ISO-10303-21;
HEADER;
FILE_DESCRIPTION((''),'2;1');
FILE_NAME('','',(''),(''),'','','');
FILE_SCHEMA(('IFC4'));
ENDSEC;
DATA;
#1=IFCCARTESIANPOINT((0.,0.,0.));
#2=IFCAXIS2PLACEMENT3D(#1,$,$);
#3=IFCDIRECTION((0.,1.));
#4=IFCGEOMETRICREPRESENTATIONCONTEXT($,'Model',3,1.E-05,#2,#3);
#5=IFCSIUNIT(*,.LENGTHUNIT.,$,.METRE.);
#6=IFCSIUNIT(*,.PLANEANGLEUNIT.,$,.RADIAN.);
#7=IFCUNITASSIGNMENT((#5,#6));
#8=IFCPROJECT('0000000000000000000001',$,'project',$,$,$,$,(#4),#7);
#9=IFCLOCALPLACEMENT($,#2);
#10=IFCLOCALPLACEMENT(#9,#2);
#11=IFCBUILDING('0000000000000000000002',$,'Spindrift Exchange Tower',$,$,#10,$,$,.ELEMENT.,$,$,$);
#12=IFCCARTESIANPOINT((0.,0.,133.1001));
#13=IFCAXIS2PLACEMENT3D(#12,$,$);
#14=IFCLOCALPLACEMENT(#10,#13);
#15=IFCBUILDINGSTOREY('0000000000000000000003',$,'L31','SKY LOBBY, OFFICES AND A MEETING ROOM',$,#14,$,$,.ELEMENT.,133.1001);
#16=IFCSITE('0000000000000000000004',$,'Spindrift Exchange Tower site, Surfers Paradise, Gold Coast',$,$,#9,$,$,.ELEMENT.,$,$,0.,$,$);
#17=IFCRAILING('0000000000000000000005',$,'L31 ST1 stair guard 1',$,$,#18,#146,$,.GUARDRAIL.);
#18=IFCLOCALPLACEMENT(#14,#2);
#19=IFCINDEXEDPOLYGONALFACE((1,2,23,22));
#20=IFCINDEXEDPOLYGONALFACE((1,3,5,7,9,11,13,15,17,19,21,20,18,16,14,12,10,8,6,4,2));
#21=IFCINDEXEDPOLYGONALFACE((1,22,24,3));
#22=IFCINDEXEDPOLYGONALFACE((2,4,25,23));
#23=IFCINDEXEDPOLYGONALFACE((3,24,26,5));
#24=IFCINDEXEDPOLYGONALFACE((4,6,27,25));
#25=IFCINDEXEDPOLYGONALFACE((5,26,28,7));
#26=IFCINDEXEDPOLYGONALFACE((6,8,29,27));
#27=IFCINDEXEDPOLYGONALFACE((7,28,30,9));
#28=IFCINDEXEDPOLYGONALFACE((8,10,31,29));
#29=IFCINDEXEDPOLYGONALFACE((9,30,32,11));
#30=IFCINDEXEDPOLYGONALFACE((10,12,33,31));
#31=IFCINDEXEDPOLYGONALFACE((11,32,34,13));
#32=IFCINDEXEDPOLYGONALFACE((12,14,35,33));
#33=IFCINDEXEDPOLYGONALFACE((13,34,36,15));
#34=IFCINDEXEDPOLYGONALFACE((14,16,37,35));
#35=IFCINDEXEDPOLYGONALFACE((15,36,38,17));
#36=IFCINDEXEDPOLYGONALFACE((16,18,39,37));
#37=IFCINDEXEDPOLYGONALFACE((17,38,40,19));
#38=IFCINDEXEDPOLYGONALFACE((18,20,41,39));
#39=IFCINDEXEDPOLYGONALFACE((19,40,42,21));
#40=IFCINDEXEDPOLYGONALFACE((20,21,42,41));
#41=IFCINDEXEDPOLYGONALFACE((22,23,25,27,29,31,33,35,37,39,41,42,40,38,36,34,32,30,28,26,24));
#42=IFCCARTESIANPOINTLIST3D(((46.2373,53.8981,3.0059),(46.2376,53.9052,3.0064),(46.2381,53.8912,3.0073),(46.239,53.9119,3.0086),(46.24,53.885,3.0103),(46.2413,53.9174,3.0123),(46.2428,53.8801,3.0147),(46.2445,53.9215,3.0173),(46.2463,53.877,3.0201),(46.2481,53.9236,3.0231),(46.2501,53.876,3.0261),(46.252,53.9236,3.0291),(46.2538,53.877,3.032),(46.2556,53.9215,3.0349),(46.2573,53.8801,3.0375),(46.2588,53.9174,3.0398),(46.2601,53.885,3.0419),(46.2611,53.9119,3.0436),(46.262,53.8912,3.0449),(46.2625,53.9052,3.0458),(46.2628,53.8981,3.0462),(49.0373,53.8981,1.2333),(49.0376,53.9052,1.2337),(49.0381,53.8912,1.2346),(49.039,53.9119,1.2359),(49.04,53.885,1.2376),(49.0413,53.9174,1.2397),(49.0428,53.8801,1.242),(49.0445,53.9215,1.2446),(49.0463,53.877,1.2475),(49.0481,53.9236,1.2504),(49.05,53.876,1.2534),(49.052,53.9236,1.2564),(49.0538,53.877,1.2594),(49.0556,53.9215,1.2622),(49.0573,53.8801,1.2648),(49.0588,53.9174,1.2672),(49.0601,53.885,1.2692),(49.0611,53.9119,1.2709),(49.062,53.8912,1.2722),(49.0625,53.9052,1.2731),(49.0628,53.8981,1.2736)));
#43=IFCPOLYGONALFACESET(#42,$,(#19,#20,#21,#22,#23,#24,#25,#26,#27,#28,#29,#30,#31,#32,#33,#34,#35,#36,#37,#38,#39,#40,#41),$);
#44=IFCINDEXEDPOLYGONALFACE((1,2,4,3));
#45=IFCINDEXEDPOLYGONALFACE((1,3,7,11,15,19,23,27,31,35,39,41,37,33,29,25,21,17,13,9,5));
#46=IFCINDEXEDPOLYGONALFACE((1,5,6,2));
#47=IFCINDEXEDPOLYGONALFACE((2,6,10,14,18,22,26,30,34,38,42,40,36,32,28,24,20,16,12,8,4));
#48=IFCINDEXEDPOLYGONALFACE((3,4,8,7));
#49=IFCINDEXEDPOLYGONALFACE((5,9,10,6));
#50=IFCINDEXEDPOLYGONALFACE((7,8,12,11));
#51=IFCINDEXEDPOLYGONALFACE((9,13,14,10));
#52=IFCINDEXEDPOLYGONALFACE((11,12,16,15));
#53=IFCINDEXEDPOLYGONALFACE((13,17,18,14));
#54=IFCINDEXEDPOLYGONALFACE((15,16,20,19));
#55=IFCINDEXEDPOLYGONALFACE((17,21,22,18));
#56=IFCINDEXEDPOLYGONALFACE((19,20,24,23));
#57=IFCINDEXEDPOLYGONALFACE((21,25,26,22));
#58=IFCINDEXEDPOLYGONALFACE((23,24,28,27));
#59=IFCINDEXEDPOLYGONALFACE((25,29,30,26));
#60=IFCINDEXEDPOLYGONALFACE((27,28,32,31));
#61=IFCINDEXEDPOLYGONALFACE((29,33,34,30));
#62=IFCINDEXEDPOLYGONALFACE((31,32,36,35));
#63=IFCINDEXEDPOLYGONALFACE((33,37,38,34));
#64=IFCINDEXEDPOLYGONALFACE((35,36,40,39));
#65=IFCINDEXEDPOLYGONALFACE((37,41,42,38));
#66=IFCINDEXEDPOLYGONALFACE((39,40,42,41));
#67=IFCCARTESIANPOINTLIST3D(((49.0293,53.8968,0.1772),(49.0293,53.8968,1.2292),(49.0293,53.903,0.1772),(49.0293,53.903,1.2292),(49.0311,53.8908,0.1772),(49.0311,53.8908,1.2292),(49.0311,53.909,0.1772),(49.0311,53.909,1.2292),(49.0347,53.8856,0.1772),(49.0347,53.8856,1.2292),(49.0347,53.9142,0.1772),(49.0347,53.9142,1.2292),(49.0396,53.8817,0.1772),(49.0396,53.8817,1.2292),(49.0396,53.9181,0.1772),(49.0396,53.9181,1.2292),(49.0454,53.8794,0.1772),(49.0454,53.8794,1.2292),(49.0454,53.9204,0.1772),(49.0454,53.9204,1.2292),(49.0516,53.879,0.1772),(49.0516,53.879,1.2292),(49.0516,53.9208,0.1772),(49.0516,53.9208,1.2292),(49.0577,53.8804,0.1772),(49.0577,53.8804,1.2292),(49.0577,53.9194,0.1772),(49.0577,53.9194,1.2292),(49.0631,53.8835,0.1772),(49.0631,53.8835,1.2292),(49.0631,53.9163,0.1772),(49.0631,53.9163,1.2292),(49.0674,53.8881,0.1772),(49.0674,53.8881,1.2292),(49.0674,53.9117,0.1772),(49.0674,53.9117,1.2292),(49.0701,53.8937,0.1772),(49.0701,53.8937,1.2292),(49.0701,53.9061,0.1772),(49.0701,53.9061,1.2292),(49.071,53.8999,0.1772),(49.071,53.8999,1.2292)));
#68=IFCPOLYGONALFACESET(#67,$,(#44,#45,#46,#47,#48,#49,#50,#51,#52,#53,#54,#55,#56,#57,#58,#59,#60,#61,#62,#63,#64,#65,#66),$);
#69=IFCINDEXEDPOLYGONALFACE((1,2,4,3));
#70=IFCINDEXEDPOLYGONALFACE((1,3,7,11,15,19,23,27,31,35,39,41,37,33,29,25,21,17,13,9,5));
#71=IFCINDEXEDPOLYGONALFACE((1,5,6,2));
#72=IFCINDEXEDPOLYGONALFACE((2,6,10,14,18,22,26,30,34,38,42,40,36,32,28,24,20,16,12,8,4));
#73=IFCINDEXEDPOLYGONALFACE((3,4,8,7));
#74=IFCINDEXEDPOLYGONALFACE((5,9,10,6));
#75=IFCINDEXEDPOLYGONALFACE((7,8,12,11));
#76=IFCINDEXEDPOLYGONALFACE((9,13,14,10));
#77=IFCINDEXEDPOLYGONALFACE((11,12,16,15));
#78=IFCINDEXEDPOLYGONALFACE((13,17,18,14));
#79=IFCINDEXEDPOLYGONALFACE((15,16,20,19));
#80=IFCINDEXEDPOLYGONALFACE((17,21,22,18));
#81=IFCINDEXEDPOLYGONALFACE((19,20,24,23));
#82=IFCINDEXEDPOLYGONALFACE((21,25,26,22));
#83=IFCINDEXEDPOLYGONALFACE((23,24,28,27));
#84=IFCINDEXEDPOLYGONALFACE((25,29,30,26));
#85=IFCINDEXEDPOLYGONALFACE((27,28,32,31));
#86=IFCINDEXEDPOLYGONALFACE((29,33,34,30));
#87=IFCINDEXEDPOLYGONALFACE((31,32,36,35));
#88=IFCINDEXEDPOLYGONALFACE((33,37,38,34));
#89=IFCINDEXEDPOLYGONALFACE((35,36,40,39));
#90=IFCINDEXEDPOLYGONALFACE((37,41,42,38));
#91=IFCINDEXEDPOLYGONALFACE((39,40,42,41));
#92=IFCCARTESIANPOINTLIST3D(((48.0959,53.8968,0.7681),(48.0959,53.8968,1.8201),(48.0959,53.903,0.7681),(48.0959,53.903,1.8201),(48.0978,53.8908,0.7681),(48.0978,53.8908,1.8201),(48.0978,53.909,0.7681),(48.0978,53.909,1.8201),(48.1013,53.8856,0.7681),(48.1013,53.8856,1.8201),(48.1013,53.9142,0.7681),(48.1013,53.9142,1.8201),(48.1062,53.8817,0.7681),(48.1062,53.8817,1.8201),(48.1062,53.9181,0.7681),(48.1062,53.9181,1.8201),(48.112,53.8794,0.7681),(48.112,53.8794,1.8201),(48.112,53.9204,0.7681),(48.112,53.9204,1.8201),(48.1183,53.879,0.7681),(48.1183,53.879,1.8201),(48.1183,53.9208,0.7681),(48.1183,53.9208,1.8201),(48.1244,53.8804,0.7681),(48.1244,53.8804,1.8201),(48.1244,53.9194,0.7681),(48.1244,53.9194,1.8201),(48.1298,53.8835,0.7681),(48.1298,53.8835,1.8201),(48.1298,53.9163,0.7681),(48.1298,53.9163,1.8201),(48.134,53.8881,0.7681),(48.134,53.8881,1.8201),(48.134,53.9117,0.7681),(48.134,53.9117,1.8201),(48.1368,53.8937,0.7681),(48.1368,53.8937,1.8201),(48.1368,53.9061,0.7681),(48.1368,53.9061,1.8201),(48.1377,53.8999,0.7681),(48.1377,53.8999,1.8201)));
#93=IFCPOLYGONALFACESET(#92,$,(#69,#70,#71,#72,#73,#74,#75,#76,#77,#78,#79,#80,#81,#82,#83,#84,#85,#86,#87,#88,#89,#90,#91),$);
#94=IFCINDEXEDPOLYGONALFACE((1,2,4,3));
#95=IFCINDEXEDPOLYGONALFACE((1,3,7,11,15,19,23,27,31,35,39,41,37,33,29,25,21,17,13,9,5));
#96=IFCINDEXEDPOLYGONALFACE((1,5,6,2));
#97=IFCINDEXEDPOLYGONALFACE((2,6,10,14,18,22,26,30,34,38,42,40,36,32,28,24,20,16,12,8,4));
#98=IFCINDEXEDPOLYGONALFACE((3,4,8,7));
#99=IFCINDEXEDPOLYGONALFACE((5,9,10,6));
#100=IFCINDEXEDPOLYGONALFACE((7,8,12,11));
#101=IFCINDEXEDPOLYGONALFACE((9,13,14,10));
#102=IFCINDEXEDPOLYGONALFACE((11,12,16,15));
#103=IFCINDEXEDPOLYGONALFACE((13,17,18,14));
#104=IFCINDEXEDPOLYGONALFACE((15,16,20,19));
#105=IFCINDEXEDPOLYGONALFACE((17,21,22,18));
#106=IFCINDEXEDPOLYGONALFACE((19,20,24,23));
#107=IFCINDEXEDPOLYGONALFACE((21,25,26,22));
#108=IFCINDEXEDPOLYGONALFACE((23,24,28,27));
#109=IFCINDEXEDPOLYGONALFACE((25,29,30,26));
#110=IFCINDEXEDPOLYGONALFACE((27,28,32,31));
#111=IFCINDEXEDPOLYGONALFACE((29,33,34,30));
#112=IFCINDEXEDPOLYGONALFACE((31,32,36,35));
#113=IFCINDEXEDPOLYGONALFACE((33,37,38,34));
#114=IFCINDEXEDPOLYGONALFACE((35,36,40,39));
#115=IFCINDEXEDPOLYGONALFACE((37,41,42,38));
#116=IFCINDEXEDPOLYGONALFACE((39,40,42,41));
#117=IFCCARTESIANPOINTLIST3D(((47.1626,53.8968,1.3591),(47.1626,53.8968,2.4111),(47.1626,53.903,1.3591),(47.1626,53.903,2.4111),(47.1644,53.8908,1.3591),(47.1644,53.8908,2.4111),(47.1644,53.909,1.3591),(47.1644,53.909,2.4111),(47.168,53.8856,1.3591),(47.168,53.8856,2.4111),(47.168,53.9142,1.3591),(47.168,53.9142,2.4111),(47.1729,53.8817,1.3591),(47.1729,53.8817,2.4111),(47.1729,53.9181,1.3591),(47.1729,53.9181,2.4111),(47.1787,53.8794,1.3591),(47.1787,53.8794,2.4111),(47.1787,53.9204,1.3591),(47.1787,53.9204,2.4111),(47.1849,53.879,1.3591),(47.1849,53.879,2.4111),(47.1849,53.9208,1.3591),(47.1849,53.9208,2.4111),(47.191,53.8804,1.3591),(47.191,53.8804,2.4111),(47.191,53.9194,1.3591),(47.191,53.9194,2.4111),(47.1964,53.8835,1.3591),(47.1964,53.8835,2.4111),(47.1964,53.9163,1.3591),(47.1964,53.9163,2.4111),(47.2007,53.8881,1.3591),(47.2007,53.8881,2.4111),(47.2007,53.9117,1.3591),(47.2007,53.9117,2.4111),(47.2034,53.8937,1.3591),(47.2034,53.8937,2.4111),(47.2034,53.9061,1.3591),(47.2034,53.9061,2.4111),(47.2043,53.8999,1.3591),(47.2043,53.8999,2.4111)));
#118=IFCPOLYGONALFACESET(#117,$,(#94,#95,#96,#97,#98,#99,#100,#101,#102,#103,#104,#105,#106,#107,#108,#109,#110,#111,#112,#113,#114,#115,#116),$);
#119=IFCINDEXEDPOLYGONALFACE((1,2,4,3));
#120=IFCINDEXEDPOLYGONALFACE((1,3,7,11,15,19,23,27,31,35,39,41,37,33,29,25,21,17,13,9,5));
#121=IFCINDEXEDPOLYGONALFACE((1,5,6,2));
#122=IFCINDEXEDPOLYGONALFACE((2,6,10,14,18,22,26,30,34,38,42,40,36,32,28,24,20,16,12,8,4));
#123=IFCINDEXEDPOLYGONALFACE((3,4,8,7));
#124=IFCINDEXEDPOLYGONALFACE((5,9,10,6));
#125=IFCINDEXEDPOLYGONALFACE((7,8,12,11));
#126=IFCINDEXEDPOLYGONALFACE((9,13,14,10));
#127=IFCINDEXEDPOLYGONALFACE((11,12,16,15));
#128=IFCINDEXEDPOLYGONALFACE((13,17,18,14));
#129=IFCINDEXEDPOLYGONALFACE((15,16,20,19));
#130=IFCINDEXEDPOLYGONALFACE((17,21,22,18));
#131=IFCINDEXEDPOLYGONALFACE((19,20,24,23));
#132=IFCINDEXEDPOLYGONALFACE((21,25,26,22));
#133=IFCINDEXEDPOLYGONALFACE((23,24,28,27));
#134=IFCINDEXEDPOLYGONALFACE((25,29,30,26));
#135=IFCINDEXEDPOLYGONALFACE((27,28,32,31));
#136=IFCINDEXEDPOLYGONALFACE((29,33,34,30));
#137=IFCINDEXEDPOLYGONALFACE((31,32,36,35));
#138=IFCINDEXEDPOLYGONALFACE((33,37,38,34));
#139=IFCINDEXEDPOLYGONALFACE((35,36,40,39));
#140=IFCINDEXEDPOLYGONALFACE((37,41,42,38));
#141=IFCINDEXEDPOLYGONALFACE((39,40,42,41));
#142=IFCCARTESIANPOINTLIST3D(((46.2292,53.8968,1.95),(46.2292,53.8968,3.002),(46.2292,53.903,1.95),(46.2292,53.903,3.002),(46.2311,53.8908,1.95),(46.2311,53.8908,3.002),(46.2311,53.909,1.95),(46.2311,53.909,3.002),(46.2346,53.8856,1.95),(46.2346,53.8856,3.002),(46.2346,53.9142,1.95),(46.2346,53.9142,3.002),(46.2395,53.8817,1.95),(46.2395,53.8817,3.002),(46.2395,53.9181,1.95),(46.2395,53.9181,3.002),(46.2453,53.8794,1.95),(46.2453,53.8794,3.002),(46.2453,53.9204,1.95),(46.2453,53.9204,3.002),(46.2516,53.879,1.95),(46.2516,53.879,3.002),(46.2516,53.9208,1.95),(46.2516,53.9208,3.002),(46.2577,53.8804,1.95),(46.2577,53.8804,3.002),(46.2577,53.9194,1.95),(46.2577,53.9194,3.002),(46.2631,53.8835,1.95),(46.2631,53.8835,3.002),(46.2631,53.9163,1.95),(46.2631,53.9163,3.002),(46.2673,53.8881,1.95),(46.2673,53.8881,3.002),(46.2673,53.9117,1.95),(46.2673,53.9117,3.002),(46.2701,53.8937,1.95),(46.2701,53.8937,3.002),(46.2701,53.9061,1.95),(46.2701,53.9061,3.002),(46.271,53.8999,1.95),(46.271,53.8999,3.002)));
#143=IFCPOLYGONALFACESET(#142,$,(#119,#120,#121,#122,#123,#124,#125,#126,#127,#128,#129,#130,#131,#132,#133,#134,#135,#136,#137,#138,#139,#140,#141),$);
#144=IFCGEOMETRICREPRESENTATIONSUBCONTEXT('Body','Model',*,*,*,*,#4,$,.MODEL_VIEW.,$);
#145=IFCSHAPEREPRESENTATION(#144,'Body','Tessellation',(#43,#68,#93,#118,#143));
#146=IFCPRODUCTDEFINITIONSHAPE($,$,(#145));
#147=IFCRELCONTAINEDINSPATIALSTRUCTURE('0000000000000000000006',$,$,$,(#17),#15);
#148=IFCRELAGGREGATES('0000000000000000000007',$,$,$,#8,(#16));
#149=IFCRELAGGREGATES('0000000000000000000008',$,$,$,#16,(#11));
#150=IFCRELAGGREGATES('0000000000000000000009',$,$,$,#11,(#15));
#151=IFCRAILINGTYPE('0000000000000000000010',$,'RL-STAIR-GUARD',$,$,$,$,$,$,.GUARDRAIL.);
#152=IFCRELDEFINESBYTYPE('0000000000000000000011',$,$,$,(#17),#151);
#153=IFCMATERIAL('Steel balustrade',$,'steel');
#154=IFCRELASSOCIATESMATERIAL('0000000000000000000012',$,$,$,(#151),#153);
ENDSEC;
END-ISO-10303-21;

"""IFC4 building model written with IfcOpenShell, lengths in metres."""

from ifc_helpers import new_model, si_unit, direction, frame, origin, origin_2d, place, context, subcontext, project, spatial, circle, extrude, material, type_object, element, save


model = new_model("IFC4")

# Units and contexts
model_context = context("Model", 3, precision=1e-05, world=origin(), true_north=direction((0.0, 1.0)))
body_context = subcontext(model_context, "Body", "Model", "MODEL_VIEW")
ifc_project = project(units=[si_unit("LENGTHUNIT", "METRE"), si_unit("PLANEANGLEUNIT", "RADIAN")], contexts=[model_context])

# Site, building, storey
site_placement = place(None, origin())
site = spatial("IfcSite", under=ifc_project, at=site_placement, Name="Spindrift Exchange Tower site, Surfers Paradise, Gold Coast", CompositionType="ELEMENT", RefElevation=0.0)
building_placement = place(site_placement, origin())
building = spatial("IfcBuilding", under=site, at=building_placement, Name="Spindrift Exchange Tower", CompositionType="ELEMENT")
storey_placement = place(building_placement, frame((0.0, 0.0, 133.1001)))
storey = spatial("IfcBuildingStorey", under=building, at=storey_placement, Name="L31", Description="SKY LOBBY, OFFICES AND A MEETING ROOM", CompositionType="ELEMENT", Elevation=133.1001)

# Railing
ifc_material_1 = material(Name="Steel balustrade", Category="steel")
railing_type_1 = type_object("IfcRailingType", Name="RL-STAIR-GUARD", PredefinedType="GUARDRAIL", material=ifc_material_1)
railing_1_placement = place(storey_placement, frame((49.05, 53.8999, 0.1772)))
element("IfcRailing", 1, at=railing_1_placement, inside=storey, type_object=railing_type_1, Name="L31 ST1 stair guard 1", PredefinedType="GUARDRAIL", context=body_context, shape_type="SweptSolid", body=[
    extrude(circle(Radius=0.0239, at=origin_2d()), frame((0.0, 0.0, 1.0762), z_axis=(-0.844909, 0.0, 0.53491), x_axis=(0.0, -1.0, 0.0)), (0.0, 0.0, 1.0), 3.314),
    extrude(circle(Radius=0.021, at=origin_2d()), origin(), (0.0, 0.0, 1.0), 1.052),
    extrude(circle(Radius=0.021, at=origin_2d()), frame((-0.9333, 0.0, 0.5908)), (0.0, 0.0, 1.0), 1.052),
    extrude(circle(Radius=0.021, at=origin_2d()), frame((-1.8667, 0.0, 1.1819)), (0.0, 0.0, 1.0), 1.052),
    extrude(circle(Radius=0.021, at=origin_2d()), frame((-2.8, 0.0, 1.7727)), (0.0, 0.0, 1.0), 1.052),
])

save(model, "model.ifc")
